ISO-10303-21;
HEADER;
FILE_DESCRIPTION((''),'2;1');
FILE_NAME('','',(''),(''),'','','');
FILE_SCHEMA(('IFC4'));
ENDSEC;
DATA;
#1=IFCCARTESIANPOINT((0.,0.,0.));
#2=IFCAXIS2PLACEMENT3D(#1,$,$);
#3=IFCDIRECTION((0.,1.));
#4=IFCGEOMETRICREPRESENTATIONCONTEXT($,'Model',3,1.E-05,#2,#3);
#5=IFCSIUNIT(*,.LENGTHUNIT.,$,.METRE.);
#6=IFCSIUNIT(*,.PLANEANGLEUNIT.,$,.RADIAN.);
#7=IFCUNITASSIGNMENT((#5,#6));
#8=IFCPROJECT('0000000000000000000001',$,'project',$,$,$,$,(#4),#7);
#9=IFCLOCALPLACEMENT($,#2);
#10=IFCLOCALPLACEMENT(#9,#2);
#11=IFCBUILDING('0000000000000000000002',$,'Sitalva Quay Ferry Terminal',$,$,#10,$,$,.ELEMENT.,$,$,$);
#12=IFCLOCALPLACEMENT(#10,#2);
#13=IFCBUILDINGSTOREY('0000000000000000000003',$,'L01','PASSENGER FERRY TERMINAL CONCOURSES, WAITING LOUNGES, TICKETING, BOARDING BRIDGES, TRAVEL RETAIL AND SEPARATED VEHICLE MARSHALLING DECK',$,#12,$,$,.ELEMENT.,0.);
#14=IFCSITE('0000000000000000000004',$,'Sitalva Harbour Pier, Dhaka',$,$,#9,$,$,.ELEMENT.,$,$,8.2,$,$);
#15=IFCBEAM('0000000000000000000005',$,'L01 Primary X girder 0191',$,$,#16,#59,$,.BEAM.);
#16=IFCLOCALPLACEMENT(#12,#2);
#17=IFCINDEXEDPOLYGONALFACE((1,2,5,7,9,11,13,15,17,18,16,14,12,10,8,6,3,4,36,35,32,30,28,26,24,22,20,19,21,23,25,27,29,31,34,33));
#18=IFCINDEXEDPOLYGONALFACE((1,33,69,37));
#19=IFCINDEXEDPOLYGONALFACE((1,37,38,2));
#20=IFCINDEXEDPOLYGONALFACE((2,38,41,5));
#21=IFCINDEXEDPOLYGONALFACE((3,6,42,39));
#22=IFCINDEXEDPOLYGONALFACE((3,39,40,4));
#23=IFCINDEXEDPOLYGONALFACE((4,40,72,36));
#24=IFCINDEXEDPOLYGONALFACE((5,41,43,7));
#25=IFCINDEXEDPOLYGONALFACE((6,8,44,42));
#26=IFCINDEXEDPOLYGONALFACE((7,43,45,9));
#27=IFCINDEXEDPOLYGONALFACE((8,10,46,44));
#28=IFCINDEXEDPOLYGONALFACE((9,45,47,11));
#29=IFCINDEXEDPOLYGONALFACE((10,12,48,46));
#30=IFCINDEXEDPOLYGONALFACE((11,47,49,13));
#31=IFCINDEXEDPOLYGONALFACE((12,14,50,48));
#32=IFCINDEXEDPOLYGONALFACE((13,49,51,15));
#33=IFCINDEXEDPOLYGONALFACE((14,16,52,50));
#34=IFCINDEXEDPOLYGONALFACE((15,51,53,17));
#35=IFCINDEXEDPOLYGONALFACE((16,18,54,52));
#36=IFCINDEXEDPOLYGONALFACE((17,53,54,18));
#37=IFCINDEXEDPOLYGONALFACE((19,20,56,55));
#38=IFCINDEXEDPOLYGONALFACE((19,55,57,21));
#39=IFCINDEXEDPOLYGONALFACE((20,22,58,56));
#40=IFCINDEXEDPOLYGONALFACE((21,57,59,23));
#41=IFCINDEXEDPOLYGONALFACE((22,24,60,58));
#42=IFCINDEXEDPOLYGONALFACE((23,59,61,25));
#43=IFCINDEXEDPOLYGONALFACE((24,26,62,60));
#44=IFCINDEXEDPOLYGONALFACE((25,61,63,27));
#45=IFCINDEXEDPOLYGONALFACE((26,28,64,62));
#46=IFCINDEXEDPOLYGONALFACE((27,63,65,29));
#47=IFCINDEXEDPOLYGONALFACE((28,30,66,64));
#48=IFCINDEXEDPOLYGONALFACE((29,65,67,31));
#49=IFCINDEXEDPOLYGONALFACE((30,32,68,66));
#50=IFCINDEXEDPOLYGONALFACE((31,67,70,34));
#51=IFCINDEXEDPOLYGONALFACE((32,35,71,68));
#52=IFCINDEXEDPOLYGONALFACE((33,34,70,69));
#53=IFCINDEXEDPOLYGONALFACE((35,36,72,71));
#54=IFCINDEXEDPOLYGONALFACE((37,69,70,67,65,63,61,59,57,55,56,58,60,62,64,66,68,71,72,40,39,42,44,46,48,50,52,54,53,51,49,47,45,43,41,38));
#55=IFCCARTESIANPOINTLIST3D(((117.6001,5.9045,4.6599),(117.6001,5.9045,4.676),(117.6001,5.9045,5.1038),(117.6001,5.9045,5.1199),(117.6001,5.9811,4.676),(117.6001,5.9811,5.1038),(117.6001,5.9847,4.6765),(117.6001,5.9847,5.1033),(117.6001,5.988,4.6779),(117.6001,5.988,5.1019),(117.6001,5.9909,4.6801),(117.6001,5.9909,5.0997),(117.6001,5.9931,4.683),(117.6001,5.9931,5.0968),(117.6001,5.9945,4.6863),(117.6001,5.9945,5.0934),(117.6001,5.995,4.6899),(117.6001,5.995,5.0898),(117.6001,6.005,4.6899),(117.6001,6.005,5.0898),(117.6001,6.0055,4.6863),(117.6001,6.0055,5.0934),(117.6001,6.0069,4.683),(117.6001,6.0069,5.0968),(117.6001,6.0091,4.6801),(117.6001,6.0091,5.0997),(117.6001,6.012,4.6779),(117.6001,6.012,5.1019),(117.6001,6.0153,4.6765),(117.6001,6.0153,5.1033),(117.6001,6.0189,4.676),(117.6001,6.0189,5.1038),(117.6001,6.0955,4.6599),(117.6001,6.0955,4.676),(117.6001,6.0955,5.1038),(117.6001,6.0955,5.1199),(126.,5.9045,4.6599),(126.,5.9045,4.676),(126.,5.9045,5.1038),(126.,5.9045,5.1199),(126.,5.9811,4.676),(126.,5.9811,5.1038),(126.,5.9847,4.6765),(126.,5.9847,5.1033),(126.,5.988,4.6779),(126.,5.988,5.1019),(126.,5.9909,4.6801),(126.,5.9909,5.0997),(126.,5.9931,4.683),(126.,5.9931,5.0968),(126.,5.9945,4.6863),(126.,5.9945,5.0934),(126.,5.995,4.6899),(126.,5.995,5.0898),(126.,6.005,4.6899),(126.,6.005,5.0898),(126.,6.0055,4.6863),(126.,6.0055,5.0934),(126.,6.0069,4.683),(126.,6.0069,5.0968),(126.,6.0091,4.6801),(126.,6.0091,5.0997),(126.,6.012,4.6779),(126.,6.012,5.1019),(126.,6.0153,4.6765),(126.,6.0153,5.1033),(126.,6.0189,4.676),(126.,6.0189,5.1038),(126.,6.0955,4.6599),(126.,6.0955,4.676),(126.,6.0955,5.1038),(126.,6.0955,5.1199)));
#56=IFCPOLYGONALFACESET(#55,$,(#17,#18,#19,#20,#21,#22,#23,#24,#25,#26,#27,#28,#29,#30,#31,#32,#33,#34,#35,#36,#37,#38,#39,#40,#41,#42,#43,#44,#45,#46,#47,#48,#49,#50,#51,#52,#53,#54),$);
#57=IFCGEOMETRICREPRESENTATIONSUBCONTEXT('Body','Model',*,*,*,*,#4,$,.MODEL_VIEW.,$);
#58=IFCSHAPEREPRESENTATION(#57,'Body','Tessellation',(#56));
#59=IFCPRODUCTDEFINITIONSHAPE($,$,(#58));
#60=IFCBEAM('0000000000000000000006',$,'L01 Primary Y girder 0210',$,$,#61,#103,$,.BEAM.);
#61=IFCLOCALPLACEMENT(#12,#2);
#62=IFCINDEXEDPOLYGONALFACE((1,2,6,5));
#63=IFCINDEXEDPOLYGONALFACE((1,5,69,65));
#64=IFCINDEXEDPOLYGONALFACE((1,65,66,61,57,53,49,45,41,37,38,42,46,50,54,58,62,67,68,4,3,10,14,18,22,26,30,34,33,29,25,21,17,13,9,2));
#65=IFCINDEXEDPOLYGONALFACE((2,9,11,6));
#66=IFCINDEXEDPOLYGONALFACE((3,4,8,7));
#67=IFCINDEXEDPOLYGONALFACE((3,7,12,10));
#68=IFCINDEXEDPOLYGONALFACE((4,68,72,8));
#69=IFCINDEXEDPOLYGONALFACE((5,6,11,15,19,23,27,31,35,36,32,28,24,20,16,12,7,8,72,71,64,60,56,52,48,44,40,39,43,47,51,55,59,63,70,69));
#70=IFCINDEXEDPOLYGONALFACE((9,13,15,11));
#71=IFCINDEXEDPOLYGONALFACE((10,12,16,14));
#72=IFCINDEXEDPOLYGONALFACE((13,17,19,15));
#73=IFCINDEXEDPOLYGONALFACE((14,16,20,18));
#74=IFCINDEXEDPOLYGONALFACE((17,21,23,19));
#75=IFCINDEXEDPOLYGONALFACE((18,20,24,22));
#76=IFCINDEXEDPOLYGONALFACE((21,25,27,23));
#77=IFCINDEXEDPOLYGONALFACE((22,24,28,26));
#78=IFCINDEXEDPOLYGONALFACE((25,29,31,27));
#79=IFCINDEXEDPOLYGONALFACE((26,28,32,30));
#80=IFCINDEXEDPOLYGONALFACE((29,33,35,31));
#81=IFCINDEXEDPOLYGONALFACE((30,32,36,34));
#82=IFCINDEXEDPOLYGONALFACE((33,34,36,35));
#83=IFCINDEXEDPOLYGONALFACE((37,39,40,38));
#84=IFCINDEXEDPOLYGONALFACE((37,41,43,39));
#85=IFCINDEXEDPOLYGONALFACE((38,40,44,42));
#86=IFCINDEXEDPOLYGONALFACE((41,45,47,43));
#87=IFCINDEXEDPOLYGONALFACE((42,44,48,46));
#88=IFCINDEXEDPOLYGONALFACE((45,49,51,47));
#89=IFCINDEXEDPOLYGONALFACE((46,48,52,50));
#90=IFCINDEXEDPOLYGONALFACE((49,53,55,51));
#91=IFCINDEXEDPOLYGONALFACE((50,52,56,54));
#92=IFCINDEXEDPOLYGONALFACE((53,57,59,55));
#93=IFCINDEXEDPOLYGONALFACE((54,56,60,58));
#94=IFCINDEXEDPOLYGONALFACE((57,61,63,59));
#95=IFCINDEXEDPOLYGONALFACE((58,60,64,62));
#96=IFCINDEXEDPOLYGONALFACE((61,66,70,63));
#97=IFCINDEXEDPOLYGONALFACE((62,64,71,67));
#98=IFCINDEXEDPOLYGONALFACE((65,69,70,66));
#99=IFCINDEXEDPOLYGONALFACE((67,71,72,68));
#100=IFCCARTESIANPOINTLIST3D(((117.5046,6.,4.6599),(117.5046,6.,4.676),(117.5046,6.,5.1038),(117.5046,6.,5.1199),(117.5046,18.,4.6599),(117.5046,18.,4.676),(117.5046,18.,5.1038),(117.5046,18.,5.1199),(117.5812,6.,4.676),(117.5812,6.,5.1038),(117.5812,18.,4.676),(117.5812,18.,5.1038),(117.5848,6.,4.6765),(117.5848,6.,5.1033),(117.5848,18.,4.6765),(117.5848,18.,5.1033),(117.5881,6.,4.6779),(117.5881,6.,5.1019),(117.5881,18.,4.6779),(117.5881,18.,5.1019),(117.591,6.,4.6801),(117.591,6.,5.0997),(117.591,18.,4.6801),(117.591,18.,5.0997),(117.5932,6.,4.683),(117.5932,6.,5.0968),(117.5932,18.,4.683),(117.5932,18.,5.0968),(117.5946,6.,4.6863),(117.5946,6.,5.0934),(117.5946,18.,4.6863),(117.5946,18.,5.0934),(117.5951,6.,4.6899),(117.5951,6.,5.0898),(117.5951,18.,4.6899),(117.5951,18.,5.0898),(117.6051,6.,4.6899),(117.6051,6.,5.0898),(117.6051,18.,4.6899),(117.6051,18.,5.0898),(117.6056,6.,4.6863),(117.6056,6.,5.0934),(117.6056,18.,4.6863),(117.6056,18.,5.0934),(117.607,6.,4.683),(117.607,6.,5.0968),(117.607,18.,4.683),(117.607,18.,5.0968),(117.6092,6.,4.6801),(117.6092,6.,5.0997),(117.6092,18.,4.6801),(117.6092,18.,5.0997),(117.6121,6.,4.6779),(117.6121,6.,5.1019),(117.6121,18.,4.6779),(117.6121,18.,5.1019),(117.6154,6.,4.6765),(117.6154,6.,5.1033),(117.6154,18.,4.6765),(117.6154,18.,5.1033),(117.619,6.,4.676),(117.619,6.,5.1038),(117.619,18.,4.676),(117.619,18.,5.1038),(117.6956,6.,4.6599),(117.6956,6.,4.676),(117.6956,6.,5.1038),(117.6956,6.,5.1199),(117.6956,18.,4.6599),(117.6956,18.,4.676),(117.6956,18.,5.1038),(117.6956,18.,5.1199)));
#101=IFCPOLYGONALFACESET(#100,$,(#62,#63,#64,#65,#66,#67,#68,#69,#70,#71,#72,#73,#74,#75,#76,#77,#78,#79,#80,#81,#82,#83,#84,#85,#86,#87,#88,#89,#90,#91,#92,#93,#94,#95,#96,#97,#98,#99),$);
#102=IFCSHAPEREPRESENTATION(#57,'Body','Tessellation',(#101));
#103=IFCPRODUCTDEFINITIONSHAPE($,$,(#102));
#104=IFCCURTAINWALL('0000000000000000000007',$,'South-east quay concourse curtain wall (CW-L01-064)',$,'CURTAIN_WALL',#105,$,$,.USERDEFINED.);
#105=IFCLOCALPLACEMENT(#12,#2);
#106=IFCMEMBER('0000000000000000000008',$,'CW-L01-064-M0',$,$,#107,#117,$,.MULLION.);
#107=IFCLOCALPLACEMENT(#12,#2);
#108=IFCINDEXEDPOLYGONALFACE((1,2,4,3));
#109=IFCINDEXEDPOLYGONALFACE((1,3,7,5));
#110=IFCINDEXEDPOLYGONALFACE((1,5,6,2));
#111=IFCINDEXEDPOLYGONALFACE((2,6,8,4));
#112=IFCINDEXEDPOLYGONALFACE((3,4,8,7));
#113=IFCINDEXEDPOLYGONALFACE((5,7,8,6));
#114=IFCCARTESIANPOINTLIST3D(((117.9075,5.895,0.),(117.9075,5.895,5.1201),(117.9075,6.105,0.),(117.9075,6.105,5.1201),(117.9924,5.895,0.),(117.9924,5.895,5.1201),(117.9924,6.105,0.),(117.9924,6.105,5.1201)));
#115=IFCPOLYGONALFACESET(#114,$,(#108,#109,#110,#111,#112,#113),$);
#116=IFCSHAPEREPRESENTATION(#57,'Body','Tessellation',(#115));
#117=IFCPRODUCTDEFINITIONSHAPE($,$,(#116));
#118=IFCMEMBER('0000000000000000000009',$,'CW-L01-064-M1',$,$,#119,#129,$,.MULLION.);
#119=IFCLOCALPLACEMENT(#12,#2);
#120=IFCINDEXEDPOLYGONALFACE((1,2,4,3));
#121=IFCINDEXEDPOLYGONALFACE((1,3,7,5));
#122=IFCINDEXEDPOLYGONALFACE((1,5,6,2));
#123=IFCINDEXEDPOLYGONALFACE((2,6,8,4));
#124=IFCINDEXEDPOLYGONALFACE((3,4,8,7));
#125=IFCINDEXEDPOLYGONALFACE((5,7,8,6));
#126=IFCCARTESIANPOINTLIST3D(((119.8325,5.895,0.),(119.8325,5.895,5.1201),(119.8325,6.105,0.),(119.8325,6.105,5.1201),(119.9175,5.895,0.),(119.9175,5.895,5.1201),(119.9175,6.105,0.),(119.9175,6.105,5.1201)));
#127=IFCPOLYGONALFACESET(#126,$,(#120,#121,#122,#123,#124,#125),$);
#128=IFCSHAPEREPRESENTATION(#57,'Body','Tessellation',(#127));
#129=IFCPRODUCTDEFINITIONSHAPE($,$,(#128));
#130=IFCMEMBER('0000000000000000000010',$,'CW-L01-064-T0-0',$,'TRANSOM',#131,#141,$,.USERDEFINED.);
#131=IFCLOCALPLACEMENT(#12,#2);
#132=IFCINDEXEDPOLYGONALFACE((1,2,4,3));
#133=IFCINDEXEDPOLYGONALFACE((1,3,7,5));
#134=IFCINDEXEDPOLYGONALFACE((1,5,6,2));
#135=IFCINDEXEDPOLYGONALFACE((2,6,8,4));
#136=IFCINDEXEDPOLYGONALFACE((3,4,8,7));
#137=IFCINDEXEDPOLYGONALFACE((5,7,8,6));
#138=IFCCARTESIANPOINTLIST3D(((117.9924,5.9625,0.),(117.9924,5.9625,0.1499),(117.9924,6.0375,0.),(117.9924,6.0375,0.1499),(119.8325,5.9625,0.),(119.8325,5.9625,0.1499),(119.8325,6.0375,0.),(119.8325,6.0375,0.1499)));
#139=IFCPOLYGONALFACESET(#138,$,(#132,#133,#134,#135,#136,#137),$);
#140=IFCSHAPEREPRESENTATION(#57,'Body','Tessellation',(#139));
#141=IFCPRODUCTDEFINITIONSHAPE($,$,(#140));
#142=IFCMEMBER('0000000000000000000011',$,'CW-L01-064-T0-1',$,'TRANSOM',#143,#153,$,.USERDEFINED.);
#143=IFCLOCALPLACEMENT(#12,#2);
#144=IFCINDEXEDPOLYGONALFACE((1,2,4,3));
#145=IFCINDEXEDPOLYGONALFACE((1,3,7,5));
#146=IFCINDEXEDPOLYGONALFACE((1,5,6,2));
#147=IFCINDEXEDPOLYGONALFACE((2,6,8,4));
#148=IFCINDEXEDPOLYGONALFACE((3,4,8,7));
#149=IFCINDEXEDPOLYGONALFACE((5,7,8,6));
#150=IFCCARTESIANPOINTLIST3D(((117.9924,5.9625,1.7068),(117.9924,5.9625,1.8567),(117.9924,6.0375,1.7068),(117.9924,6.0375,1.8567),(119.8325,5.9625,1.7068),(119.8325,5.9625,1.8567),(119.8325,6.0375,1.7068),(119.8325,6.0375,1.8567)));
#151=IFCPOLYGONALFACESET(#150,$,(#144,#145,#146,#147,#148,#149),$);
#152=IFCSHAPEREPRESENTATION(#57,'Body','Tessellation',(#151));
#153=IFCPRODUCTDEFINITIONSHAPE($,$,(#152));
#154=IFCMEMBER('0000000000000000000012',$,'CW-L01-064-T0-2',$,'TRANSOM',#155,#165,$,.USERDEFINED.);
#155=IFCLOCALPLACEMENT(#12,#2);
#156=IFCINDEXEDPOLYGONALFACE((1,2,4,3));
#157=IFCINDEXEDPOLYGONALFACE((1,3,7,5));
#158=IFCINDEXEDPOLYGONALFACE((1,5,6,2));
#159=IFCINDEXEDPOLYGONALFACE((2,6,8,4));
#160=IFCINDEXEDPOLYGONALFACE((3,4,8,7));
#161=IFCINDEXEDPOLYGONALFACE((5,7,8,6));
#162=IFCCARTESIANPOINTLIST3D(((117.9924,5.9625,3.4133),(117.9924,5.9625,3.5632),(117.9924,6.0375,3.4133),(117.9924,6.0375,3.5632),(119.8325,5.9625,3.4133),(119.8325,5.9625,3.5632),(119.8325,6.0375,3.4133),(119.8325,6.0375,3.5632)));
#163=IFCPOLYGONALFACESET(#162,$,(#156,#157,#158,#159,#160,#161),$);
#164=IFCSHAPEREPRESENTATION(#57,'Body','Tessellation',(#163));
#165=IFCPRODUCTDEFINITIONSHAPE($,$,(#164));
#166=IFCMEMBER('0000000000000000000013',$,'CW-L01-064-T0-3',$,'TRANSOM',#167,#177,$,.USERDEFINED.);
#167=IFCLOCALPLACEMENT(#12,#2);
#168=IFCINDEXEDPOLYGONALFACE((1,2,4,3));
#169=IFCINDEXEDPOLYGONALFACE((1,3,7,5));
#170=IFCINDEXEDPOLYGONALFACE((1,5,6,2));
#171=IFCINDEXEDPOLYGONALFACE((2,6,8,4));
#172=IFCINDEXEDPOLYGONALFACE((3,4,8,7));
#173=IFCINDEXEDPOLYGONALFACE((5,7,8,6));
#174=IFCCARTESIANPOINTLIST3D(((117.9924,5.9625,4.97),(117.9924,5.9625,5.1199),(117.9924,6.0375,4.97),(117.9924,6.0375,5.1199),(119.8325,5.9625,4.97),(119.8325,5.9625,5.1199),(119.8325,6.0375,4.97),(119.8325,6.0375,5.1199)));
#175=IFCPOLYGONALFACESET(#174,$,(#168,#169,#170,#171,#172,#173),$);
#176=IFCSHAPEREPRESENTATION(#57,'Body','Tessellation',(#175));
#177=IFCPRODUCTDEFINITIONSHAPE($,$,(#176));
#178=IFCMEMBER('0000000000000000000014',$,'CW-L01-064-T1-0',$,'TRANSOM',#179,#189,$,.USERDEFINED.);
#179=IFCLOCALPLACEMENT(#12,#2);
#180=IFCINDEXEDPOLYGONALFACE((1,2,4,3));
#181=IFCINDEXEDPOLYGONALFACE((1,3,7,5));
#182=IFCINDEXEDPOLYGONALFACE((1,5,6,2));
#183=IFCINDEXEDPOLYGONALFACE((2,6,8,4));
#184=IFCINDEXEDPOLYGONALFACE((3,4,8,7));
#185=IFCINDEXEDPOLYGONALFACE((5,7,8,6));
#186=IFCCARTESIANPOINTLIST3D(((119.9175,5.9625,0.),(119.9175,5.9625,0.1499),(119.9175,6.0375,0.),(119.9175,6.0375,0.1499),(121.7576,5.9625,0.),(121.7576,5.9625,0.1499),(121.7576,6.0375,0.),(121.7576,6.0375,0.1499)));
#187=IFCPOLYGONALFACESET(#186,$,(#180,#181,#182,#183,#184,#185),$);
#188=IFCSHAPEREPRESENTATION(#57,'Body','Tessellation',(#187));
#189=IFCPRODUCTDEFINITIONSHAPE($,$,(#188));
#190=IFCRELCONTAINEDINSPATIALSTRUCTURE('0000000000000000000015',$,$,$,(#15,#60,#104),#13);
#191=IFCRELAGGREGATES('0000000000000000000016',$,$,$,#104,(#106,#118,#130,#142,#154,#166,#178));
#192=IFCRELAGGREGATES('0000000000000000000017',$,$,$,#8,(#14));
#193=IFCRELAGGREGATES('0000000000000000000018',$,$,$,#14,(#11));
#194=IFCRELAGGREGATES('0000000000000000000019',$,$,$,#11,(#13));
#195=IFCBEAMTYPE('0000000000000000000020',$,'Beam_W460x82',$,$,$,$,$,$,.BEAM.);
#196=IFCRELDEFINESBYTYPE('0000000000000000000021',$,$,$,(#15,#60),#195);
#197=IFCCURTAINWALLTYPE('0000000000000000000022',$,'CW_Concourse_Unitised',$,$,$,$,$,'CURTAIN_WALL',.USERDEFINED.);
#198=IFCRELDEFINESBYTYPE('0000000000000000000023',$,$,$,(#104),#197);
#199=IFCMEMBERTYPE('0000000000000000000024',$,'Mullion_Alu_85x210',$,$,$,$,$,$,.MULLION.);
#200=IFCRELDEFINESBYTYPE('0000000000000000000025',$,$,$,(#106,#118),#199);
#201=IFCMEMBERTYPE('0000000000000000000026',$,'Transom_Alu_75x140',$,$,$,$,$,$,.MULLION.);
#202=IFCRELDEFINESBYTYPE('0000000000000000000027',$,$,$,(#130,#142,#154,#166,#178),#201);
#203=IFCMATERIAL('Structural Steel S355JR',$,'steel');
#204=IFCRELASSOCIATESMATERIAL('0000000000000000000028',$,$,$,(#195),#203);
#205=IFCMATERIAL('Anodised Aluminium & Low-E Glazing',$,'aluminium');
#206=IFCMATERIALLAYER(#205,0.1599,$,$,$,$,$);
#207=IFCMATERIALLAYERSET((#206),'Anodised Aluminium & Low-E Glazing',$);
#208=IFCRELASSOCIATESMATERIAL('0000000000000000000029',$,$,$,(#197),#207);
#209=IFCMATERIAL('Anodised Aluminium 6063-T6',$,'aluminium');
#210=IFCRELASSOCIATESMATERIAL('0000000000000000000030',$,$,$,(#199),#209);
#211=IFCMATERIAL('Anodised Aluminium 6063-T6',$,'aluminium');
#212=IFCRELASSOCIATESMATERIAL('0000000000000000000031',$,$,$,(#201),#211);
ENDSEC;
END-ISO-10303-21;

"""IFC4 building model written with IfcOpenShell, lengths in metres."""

from ifc_helpers import new_model, si_unit, direction, frame, origin, origin_2d, place, context, subcontext, project, spatial, rectangle, i_section, extrude, material, layer, layer_set, material_profile, profile_set, type_object, element, aggregate, save


model = new_model("IFC4")

# Units and contexts
model_context = context("Model", 3, precision=1e-05, world=origin(), true_north=direction((0.0, 1.0)))
body_context = subcontext(model_context, "Body", "Model", "MODEL_VIEW")
ifc_project = project(units=[si_unit("LENGTHUNIT", "METRE"), si_unit("PLANEANGLEUNIT", "RADIAN")], contexts=[model_context])

# Site, building, storey
site_placement = place(None, origin())
site = spatial("IfcSite", under=ifc_project, at=site_placement, Name="Sitalva Harbour Pier, Dhaka", CompositionType="ELEMENT", RefElevation=8.2)
building_placement = place(site_placement, origin())
building = spatial("IfcBuilding", under=site, at=building_placement, Name="Sitalva Quay Ferry Terminal", CompositionType="ELEMENT")
storey_placement = place(building_placement, origin())
storey = spatial("IfcBuildingStorey", under=building, at=storey_placement, Name="L01", Description="PASSENGER FERRY TERMINAL CONCOURSES, WAITING LOUNGES, TICKETING, BOARDING BRIDGES, TRAVEL RETAIL AND SEPARATED VEHICLE MARSHALLING DECK", CompositionType="ELEMENT", Elevation=0.0)

# Beams
ifc_material_1 = material(Name="Structural Steel S355JR", Category="steel")
ifc_material_profile_1 = material_profile(ifc_material_1, i_section(OverallWidth=0.1909, OverallDepth=0.46, WebThickness=0.01, FlangeThickness=0.0161, FilletRadius=0.0139, at=origin_2d()), Name="W460x82")
ifc_profile_set_1 = profile_set([ifc_material_profile_1], Name="Structural Steel S355JR")
beam_type = type_object("IfcBeamType", Name="Beam_W460x82", PredefinedType="BEAM", material=ifc_profile_set_1)
beam_1_placement = place(storey_placement, frame((117.6001, 6.0, 4.8899), z_axis=(1.0, 0.0, 0.0), x_axis=(0.0, 1.0, 0.0)))
element("IfcBeam", 1, at=beam_1_placement, inside=storey, type_object=beam_type, Name="L01 Primary X girder 0191", PredefinedType="BEAM", context=body_context, shape_type="SweptSolid", body=[
    extrude(i_section(OverallWidth=0.1909, OverallDepth=0.46, WebThickness=0.01, FlangeThickness=0.0161, FilletRadius=0.0139, at=origin_2d()), origin(), (0.0, 0.0, 1.0), 8.3999),
])
beam_2_placement = place(storey_placement, frame((117.6001, 6.0, 4.8899), z_axis=(0.0, 1.0, 0.0), x_axis=(-1.0, 0.0, 0.0)))
element("IfcBeam", 2, at=beam_2_placement, inside=storey, type_object=beam_type, Name="L01 Primary Y girder 0210", PredefinedType="BEAM", context=body_context, shape_type="SweptSolid", body=[
    extrude(i_section(OverallWidth=0.1909, OverallDepth=0.46, WebThickness=0.01, FlangeThickness=0.0161, FilletRadius=0.0139, at=origin_2d()), origin(), (0.0, 0.0, 1.0), 12.0),
])

# Curtain wall, members
ifc_material_2 = material(Name="Anodised Aluminium & Low-E Glazing", Category="aluminium")
ifc_layer_1 = layer(ifc_material_2, 0.1599)
ifc_layer_set_1 = layer_set([ifc_layer_1], Name="Anodised Aluminium & Low-E Glazing")
curtain_wall_type = type_object("IfcCurtainWallType", Name="CW_Concourse_Unitised", ElementType="CURTAIN_WALL", PredefinedType="USERDEFINED", material=ifc_layer_set_1)
curtain_wall_placement = place(storey_placement, origin())
curtain_wall = element("IfcCurtainWall", 3, at=curtain_wall_placement, inside=storey, type_object=curtain_wall_type, Name="South-east quay concourse curtain wall (CW-L01-064)", ObjectType="CURTAIN_WALL", PredefinedType="USERDEFINED")
ifc_material_3 = material(Name="Anodised Aluminium 6063-T6", Category="aluminium")
ifc_material_profile_2 = material_profile(ifc_material_3, rectangle(XDim=0.085, YDim=0.21, at=origin_2d()), Name="ALU85x210")
ifc_profile_set_2 = profile_set([ifc_material_profile_2], Name="Anodised Aluminium 6063-T6")
member_type_1 = type_object("IfcMemberType", Name="Mullion_Alu_85x210", PredefinedType="MULLION", material=ifc_profile_set_2)
member_1_placement = place(storey_placement, frame((117.95, 6.0, 0.0), z_axis=(0.0, 0.0, 1.0), x_axis=(1.0, 0.0, 0.0)))
member_1 = element("IfcMember", 4, at=member_1_placement, type_object=member_type_1, Name="CW-L01-064-M0", PredefinedType="MULLION", context=body_context, shape_type="SweptSolid", body=[
    extrude(rectangle(XDim=0.085, YDim=0.21, at=origin_2d()), origin(), (0.0, 0.0, 1.0), 5.1201),
])
member_2_placement = place(storey_placement, frame((119.875, 6.0, 0.0), z_axis=(0.0, 0.0, 1.0), x_axis=(1.0, 0.0, 0.0)))
member_2 = element("IfcMember", 5, at=member_2_placement, type_object=member_type_1, Name="CW-L01-064-M1", PredefinedType="MULLION", context=body_context, shape_type="SweptSolid", body=[
    extrude(rectangle(XDim=0.085, YDim=0.21, at=origin_2d()), origin(), (0.0, 0.0, 1.0), 5.1201),
])
ifc_material_4 = material(Name="Anodised Aluminium 6063-T6", Category="aluminium")
ifc_material_profile_3 = material_profile(ifc_material_4, rectangle(XDim=0.075, YDim=0.1499, at=origin_2d()), Name="ALU75x150")
ifc_profile_set_3 = profile_set([ifc_material_profile_3], Name="Anodised Aluminium 6063-T6")
member_type_2 = type_object("IfcMemberType", Name="Transom_Alu_75x140", PredefinedType="MULLION", material=ifc_profile_set_3)
member_3_placement = place(storey_placement, frame((117.9924, 6.0, 0.075), z_axis=(1.0, 0.0, 0.0), x_axis=(0.0, 1.0, 0.0)))
member_3 = element("IfcMember", 6, at=member_3_placement, type_object=member_type_2, Name="CW-L01-064-T0-0", ObjectType="TRANSOM", PredefinedType="USERDEFINED", context=body_context, shape_type="SweptSolid", body=[
    extrude(rectangle(XDim=0.075, YDim=0.1499, at=origin_2d()), origin(), (0.0, 0.0, 1.0), 1.8401),
])
member_4_placement = place(storey_placement, frame((117.9924, 6.0, 1.7817), z_axis=(1.0, 0.0, 0.0), x_axis=(0.0, 1.0, 0.0)))
member_4 = element("IfcMember", 7, at=member_4_placement, type_object=member_type_2, Name="CW-L01-064-T0-1", ObjectType="TRANSOM", PredefinedType="USERDEFINED", context=body_context, shape_type="SweptSolid", body=[
    extrude(rectangle(XDim=0.075, YDim=0.1499, at=origin_2d()), origin(), (0.0, 0.0, 1.0), 1.8401),
])
member_5_placement = place(storey_placement, frame((117.9924, 6.0, 3.4883), z_axis=(1.0, 0.0, 0.0), x_axis=(0.0, 1.0, 0.0)))
member_5 = element("IfcMember", 8, at=member_5_placement, type_object=member_type_2, Name="CW-L01-064-T0-2", ObjectType="TRANSOM", PredefinedType="USERDEFINED", context=body_context, shape_type="SweptSolid", body=[
    extrude(rectangle(XDim=0.075, YDim=0.1499, at=origin_2d()), origin(), (0.0, 0.0, 1.0), 1.8401),
])
member_6_placement = place(storey_placement, frame((117.9924, 6.0, 5.0449), z_axis=(1.0, 0.0, 0.0), x_axis=(0.0, 1.0, 0.0)))
member_6 = element("IfcMember", 9, at=member_6_placement, type_object=member_type_2, Name="CW-L01-064-T0-3", ObjectType="TRANSOM", PredefinedType="USERDEFINED", context=body_context, shape_type="SweptSolid", body=[
    extrude(rectangle(XDim=0.075, YDim=0.1499, at=origin_2d()), origin(), (0.0, 0.0, 1.0), 1.8401),
])
member_7_placement = place(storey_placement, frame((119.9175, 6.0, 0.075), z_axis=(1.0, 0.0, 0.0), x_axis=(0.0, 1.0, 0.0)))
member_7 = element("IfcMember", 10, at=member_7_placement, type_object=member_type_2, Name="CW-L01-064-T1-0", ObjectType="TRANSOM", PredefinedType="USERDEFINED", context=body_context, shape_type="SweptSolid", body=[
    extrude(rectangle(XDim=0.075, YDim=0.1499, at=origin_2d()), origin(), (0.0, 0.0, 1.0), 1.8401),
])
aggregate(curtain_wall, [member_1, member_2, member_3, member_4, member_5, member_6, member_7])

save(model, "model.ifc")
